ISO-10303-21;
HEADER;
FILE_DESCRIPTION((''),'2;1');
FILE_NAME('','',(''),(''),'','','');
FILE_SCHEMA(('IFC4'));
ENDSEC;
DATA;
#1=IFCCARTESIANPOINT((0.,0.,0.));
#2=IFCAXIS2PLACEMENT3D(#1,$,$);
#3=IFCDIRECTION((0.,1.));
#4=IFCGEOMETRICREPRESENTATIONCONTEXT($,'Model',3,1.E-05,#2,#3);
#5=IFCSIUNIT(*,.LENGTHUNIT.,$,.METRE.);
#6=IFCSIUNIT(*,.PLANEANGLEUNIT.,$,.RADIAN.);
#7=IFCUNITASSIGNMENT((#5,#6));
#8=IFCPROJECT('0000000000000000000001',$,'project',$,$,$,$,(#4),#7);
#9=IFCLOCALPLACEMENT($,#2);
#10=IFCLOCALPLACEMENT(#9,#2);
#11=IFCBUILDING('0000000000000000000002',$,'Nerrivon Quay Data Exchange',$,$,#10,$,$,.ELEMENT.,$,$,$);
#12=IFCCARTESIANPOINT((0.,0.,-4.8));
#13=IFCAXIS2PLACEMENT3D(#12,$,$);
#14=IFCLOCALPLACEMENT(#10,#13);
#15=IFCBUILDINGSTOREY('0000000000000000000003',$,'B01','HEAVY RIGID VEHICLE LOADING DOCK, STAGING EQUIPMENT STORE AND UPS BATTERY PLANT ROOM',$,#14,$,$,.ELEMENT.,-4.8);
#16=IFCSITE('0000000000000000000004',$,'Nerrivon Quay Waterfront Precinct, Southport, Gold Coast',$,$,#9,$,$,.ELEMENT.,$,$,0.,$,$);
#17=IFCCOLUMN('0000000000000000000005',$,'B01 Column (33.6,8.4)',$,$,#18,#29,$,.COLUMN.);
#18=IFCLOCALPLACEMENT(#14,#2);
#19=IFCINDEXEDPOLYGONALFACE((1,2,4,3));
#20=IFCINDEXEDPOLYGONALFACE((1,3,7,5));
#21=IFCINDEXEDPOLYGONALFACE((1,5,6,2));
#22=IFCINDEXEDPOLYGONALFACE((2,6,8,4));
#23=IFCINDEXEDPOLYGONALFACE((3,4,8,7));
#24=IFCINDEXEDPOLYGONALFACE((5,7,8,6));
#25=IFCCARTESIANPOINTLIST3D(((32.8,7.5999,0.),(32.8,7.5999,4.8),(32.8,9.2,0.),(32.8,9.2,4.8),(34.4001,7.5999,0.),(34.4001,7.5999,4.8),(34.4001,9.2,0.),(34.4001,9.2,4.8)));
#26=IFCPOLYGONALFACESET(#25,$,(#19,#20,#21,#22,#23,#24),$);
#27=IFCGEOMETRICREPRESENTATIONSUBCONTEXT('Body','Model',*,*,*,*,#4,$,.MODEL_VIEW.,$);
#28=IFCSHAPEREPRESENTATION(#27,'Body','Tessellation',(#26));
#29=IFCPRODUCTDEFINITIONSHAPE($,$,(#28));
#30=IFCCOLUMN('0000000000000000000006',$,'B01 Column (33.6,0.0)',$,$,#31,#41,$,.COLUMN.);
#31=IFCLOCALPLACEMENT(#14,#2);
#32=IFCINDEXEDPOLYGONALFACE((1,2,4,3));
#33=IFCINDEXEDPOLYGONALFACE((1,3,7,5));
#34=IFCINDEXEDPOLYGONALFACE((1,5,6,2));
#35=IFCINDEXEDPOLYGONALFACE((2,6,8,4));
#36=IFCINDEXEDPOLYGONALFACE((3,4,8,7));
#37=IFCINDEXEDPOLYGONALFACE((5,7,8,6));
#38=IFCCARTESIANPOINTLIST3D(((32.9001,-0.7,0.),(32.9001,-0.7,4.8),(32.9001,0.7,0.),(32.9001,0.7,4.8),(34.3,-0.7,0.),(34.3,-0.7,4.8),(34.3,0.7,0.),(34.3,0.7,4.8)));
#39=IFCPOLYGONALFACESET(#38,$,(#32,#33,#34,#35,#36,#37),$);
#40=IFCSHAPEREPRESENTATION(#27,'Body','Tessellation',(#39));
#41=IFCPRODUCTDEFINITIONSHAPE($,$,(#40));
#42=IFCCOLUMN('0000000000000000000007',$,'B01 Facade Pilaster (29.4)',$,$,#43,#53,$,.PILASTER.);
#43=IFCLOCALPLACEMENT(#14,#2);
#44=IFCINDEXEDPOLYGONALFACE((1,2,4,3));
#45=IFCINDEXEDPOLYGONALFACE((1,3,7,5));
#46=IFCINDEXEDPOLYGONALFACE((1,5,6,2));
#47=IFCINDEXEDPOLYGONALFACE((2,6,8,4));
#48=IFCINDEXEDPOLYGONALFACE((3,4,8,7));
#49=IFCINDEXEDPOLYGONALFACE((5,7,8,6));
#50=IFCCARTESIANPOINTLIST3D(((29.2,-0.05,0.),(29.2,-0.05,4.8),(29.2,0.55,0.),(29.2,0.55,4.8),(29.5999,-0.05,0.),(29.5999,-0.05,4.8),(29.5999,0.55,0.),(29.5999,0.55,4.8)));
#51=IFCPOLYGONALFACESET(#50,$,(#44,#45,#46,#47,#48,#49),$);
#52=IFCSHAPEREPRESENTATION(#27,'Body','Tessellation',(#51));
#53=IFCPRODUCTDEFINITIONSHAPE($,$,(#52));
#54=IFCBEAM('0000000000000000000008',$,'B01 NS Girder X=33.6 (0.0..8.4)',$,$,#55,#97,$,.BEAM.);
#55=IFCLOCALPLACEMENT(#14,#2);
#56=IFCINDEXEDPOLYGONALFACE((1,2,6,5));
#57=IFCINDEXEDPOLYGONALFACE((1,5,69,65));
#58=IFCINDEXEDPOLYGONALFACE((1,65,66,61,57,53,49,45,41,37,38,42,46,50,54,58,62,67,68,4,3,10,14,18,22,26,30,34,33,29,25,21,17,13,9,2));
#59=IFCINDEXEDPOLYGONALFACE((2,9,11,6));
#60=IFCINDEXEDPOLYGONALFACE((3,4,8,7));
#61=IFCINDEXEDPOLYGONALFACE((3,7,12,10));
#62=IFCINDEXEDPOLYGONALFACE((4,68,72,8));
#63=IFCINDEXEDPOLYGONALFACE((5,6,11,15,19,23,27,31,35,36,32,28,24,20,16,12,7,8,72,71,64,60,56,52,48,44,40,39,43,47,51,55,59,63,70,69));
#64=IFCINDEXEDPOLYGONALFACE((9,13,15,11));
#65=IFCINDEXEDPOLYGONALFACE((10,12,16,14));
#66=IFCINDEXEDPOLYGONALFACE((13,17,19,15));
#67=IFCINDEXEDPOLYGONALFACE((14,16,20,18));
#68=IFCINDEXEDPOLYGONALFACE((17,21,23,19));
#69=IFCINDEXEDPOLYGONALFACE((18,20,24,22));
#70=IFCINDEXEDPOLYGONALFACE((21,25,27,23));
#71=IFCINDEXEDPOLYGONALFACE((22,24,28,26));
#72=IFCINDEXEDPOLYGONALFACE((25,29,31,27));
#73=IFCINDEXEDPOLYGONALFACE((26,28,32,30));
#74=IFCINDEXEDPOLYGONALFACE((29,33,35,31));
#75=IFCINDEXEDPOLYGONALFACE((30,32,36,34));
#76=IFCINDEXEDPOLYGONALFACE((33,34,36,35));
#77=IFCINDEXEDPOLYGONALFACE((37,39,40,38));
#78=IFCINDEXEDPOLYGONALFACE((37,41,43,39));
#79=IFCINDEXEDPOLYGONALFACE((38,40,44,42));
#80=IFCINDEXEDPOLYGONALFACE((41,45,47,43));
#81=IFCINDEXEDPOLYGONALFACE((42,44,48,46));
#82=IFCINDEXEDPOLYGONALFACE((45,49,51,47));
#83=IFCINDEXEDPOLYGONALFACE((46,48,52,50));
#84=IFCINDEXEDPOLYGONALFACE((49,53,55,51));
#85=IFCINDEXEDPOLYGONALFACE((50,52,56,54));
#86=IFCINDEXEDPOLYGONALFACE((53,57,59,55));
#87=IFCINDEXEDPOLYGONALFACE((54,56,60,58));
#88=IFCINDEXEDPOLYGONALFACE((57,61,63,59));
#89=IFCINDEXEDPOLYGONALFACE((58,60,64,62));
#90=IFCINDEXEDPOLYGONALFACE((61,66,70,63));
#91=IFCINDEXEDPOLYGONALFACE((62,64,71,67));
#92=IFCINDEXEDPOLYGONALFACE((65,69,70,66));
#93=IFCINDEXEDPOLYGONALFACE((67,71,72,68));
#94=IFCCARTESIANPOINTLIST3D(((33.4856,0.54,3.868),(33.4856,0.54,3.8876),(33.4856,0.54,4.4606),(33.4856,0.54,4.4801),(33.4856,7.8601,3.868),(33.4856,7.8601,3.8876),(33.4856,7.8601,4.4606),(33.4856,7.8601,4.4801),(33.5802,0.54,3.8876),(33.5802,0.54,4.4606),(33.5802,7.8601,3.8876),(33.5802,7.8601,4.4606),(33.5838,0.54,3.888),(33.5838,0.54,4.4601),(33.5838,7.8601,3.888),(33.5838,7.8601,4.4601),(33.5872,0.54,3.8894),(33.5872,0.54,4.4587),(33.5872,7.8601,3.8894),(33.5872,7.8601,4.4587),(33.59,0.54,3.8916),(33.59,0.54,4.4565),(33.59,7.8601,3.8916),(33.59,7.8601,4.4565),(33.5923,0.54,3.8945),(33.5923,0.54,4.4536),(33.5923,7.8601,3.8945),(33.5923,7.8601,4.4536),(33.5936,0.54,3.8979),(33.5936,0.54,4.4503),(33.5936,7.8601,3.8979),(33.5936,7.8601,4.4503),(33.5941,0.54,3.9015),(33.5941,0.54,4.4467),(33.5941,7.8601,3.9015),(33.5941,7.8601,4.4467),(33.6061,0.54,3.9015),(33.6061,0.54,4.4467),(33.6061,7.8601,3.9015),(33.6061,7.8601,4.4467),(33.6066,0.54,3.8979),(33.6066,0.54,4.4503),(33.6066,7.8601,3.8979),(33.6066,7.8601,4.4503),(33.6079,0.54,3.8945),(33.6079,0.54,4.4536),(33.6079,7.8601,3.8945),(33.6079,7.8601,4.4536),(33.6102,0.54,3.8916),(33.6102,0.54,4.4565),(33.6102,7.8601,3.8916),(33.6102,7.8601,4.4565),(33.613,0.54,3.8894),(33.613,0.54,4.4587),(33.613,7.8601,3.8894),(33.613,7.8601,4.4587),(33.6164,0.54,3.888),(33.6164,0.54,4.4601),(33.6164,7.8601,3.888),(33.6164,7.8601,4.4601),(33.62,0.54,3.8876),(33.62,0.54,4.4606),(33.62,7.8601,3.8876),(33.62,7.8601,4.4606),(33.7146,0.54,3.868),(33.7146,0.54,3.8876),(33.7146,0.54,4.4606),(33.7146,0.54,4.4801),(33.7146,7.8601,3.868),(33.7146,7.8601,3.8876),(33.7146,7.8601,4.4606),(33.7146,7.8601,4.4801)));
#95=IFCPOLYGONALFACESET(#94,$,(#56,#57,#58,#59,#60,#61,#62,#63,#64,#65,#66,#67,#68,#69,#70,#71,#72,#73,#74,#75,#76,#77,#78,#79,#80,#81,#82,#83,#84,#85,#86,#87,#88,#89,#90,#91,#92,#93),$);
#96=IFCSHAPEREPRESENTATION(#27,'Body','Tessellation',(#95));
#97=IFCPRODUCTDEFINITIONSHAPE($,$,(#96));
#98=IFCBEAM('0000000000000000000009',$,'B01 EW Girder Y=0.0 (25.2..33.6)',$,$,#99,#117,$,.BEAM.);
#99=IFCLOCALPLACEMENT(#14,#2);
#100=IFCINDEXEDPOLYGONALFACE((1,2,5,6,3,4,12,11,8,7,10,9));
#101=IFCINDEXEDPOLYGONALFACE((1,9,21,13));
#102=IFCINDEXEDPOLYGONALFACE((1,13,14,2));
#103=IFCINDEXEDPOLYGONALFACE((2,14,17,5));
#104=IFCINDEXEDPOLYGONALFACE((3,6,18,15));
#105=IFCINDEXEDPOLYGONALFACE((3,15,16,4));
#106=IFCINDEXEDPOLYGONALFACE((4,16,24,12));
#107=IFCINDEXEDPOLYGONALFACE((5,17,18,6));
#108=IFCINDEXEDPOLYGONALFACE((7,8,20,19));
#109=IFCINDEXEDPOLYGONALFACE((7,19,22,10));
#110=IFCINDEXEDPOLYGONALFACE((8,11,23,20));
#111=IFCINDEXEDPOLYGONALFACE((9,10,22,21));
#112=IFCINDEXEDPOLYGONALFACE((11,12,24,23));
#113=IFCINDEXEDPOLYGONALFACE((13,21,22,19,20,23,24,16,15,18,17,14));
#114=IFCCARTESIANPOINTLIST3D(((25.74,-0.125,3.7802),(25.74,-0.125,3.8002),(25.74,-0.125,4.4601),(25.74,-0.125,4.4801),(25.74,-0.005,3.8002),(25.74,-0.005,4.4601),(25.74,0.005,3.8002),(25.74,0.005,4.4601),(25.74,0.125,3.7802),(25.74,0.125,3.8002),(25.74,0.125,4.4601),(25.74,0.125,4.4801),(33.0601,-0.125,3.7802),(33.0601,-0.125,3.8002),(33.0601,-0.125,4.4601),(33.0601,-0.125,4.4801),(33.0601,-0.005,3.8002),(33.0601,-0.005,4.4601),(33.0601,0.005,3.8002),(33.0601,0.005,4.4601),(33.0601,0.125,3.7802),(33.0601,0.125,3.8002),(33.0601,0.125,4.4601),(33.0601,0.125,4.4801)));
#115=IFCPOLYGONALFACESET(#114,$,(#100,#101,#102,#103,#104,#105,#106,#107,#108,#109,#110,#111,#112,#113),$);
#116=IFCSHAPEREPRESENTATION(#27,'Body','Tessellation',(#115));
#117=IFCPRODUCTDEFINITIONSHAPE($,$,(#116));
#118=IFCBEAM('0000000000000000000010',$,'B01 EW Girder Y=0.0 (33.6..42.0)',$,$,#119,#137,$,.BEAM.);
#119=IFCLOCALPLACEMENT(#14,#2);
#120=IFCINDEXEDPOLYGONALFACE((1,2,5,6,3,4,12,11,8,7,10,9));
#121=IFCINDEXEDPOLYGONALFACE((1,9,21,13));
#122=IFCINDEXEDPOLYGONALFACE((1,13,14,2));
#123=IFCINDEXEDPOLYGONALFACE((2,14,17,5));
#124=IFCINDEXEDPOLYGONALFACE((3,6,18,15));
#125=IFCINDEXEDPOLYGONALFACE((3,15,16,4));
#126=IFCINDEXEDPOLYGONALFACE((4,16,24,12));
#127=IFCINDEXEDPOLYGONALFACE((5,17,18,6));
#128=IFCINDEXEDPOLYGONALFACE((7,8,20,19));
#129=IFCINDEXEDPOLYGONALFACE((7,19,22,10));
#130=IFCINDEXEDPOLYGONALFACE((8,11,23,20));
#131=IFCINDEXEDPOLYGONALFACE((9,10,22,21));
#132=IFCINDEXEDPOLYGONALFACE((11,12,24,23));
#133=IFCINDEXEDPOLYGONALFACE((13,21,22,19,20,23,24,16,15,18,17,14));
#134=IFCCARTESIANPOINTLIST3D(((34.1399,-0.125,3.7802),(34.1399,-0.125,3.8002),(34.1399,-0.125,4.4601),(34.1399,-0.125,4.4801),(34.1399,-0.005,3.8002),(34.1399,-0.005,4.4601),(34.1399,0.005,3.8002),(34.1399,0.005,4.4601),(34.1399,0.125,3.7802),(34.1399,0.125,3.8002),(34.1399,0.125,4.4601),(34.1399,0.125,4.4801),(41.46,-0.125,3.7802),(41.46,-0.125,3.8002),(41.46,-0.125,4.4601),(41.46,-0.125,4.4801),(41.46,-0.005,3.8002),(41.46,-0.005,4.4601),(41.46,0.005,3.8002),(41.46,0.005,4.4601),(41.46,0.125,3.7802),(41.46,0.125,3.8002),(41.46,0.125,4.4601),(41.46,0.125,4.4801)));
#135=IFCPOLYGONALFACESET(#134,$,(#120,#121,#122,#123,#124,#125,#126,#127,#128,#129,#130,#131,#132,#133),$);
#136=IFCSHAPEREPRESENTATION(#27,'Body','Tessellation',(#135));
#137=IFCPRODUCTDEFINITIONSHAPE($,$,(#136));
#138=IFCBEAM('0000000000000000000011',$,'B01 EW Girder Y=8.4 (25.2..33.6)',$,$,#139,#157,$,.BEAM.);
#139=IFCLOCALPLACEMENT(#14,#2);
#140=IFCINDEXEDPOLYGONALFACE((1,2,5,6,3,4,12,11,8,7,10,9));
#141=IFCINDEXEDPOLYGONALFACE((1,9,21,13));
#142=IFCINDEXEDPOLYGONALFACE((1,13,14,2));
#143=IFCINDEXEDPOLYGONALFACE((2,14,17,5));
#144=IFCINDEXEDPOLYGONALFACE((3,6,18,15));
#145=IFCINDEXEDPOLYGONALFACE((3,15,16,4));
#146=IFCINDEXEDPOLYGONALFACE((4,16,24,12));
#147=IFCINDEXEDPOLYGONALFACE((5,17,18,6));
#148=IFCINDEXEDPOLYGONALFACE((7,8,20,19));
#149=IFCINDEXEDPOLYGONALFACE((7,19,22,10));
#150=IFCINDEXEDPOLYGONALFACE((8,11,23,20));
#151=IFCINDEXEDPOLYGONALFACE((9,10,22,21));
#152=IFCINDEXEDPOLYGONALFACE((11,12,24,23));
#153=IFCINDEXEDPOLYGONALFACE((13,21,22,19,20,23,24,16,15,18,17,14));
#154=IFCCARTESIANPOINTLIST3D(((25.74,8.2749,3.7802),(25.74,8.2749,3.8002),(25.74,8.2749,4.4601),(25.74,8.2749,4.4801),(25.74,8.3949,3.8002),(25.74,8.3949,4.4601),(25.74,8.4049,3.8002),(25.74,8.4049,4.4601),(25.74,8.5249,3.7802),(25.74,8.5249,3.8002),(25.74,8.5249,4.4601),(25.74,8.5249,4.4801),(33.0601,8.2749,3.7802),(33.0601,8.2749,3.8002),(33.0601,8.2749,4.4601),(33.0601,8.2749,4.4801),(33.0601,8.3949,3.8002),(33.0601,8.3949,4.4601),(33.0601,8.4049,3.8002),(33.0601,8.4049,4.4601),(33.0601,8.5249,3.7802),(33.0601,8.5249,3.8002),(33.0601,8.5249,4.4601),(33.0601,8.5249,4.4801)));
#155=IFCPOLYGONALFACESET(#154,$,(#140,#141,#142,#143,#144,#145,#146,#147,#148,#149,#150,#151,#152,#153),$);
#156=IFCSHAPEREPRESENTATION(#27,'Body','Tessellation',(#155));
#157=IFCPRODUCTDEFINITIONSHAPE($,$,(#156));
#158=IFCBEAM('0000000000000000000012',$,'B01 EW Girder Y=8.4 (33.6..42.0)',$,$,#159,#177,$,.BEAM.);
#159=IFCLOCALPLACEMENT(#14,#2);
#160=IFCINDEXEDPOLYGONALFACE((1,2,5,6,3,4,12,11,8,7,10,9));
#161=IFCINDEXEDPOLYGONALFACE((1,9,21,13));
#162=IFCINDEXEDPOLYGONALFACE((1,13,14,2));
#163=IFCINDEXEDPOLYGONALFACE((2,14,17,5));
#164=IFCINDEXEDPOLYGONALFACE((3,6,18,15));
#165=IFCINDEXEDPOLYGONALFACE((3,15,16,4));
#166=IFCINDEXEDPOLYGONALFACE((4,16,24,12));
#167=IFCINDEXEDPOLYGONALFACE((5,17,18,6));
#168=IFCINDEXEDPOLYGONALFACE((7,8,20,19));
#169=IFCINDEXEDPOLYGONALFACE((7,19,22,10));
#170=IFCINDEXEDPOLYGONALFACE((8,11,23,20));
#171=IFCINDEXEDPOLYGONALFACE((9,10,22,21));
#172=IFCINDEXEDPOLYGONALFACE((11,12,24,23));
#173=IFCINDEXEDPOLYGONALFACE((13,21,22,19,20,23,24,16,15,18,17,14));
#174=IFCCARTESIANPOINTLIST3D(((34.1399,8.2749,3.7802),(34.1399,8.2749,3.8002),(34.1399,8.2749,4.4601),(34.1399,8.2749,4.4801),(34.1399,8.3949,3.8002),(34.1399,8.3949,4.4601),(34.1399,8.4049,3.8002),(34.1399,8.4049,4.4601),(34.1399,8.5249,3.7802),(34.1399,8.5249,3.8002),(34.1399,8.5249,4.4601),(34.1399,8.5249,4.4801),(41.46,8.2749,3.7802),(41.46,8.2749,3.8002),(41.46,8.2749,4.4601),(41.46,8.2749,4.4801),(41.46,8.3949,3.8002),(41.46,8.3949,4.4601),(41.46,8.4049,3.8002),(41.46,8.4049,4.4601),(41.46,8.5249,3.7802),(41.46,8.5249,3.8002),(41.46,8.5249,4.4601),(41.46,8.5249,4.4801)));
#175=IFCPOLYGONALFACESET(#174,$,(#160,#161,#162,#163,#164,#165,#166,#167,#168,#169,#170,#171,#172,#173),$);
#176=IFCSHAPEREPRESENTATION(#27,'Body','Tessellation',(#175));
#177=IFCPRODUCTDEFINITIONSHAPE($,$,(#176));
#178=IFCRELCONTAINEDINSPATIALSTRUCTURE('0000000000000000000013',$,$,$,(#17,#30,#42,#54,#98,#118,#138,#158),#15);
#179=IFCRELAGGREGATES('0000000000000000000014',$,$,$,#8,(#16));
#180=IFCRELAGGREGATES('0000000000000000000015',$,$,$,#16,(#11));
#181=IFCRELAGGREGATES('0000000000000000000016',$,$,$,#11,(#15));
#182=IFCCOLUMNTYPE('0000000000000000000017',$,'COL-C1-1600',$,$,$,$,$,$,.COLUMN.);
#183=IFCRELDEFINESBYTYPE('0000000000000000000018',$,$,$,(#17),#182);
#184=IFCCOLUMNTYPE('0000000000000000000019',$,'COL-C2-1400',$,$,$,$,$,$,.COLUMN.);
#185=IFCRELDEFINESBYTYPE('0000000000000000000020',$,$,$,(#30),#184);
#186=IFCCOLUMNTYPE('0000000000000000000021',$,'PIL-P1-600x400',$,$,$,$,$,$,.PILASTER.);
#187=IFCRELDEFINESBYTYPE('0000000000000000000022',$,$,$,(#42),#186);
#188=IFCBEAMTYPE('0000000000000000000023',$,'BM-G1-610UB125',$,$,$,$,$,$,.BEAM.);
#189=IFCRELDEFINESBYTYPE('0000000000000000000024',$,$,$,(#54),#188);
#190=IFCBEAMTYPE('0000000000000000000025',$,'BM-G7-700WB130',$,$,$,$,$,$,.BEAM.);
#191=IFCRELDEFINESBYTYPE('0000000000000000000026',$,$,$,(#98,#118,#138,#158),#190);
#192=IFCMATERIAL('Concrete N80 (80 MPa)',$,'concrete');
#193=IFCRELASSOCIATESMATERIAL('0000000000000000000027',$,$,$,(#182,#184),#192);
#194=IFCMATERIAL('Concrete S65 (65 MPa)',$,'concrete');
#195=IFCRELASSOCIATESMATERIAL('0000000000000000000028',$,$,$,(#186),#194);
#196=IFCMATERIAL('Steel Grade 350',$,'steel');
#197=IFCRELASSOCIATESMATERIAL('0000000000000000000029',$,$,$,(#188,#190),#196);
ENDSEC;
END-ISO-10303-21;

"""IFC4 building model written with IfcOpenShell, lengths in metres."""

from ifc_helpers import new_model, si_unit, direction, frame, origin, origin_2d, place, context, subcontext, project, spatial, rectangle, i_section, extrude, material, material_profile, profile_set, type_object, element, save


model = new_model("IFC4")

# Units and contexts
model_context = context("Model", 3, precision=1e-05, world=origin(), true_north=direction((0.0, 1.0)))
body_context = subcontext(model_context, "Body", "Model", "MODEL_VIEW")
ifc_project = project(units=[si_unit("LENGTHUNIT", "METRE"), si_unit("PLANEANGLEUNIT", "RADIAN")], contexts=[model_context])

# Site, building, storey
site_placement = place(None, origin())
site = spatial("IfcSite", under=ifc_project, at=site_placement, Name="Nerrivon Quay Waterfront Precinct, Southport, Gold Coast", CompositionType="ELEMENT", RefElevation=0.0)
building_placement = place(site_placement, origin())
building = spatial("IfcBuilding", under=site, at=building_placement, Name="Nerrivon Quay Data Exchange", CompositionType="ELEMENT")
storey_placement = place(building_placement, frame((0.0, 0.0, -4.8)))
storey = spatial("IfcBuildingStorey", under=building, at=storey_placement, Name="B01", Description="HEAVY RIGID VEHICLE LOADING DOCK, STAGING EQUIPMENT STORE AND UPS BATTERY PLANT ROOM", CompositionType="ELEMENT", Elevation=-4.8)

# Columns
ifc_material_1 = material(Name="Concrete N80 (80 MPa)", Category="concrete")
ifc_material_profile_1 = material_profile(ifc_material_1, rectangle(XDim=1.6001, YDim=1.6001, at=origin_2d()), Name="RC-COL-1600x1600")
ifc_profile_set_1 = profile_set([ifc_material_profile_1], Name="Concrete N80 (80 MPa)")
column_type_1 = type_object("IfcColumnType", Name="COL-C1-1600", PredefinedType="COLUMN", material=ifc_profile_set_1)
column_1_placement = place(storey_placement, frame((33.6001, 8.3999, 0.0), z_axis=(0.0, 0.0, 1.0), x_axis=(1.0, 0.0, 0.0)))
element("IfcColumn", 1, at=column_1_placement, inside=storey, type_object=column_type_1, Name="B01 Column (33.6,8.4)", PredefinedType="COLUMN", context=body_context, shape_type="SweptSolid", body=[
    extrude(rectangle(XDim=1.6001, YDim=1.6001, at=origin_2d()), origin(), (0.0, 0.0, 1.0), 4.8),
])
ifc_material_profile_2 = material_profile(ifc_material_1, rectangle(XDim=1.3999, YDim=1.3999, at=origin_2d()), Name="RC-COL-1400x1400")
ifc_profile_set_2 = profile_set([ifc_material_profile_2], Name="Concrete N80 (80 MPa)")
column_type_2 = type_object("IfcColumnType", Name="COL-C2-1400", PredefinedType="COLUMN", material=ifc_profile_set_2)
column_2_placement = place(storey_placement, frame((33.6001, 0.0, 0.0), z_axis=(0.0, 0.0, 1.0), x_axis=(1.0, 0.0, 0.0)))
element("IfcColumn", 2, at=column_2_placement, inside=storey, type_object=column_type_2, Name="B01 Column (33.6,0.0)", PredefinedType="COLUMN", context=body_context, shape_type="SweptSolid", body=[
    extrude(rectangle(XDim=1.3999, YDim=1.3999, at=origin_2d()), origin(), (0.0, 0.0, 1.0), 4.8),
])
ifc_material_2 = material(Name="Concrete S65 (65 MPa)", Category="concrete")
ifc_material_profile_3 = material_profile(ifc_material_2, rectangle(XDim=0.3999, YDim=0.6001, at=origin_2d()), Name="RC-PIL-600x400")
ifc_profile_set_3 = profile_set([ifc_material_profile_3], Name="Concrete S65 (65 MPa)")
column_type_3 = type_object("IfcColumnType", Name="PIL-P1-600x400", PredefinedType="PILASTER", material=ifc_profile_set_3)
column_3_placement = place(storey_placement, frame((29.3999, 0.25, 0.0), z_axis=(0.0, 0.0, 1.0), x_axis=(1.0, 0.0, 0.0)))
element("IfcColumn", 3, at=column_3_placement, inside=storey, type_object=column_type_3, Name="B01 Facade Pilaster (29.4)", PredefinedType="PILASTER", context=body_context, shape_type="SweptSolid", body=[
    extrude(rectangle(XDim=0.3999, YDim=0.6001, at=origin_2d()), origin(), (0.0, 0.0, 1.0), 4.8),
])

# Beams
ifc_material_3 = material(Name="Steel Grade 350", Category="steel")
ifc_material_profile_4 = material_profile(ifc_material_3, i_section(OverallWidth=0.229, OverallDepth=0.6121, WebThickness=0.012, FlangeThickness=0.0195, FilletRadius=0.0139, at=origin_2d()), Name="610UB125")
ifc_profile_set_4 = profile_set([ifc_material_profile_4], Name="Steel Grade 350")
beam_type_1 = type_object("IfcBeamType", Name="BM-G1-610UB125", PredefinedType="BEAM", material=ifc_profile_set_4)
beam_1_placement = place(storey_placement, frame((33.6001, 0.54, 4.1741), z_axis=(0.0, 1.0, 0.0), x_axis=(-1.0, 0.0, 0.0)))
element("IfcBeam", 4, at=beam_1_placement, inside=storey, type_object=beam_type_1, Name="B01 NS Girder X=33.6 (0.0..8.4)", PredefinedType="BEAM", context=body_context, shape_type="SweptSolid", body=[
    extrude(i_section(OverallWidth=0.229, OverallDepth=0.6121, WebThickness=0.012, FlangeThickness=0.0195, FilletRadius=0.0139, at=origin_2d()), origin(), (0.0, 0.0, 1.0), 7.3201),
])
ifc_material_profile_5 = material_profile(ifc_material_3, i_section(OverallWidth=0.25, OverallDepth=0.7, WebThickness=0.01, FlangeThickness=0.02, at=origin_2d()), Name="700WB130")
ifc_profile_set_5 = profile_set([ifc_material_profile_5], Name="Steel Grade 350")
beam_type_2 = type_object("IfcBeamType", Name="BM-G7-700WB130", PredefinedType="BEAM", material=ifc_profile_set_5)
for number, where, z_axis, x_axis, name in (
    (5, (25.74, 0.0, 4.1301), (1.0, 0.0, 0.0), (0.0, 1.0, 0.0), "B01 EW Girder Y=0.0 (25.2..33.6)"),
    (6, (34.1399, 0.0, 4.1301), (1.0, 0.0, 0.0), (0.0, 1.0, 0.0), "B01 EW Girder Y=0.0 (33.6..42.0)"),
    (7, (25.74, 8.3999, 4.1301), (1.0, 0.0, 0.0), (0.0, 1.0, 0.0), "B01 EW Girder Y=8.4 (25.2..33.6)"),
    (8, (34.1399, 8.3999, 4.1301), (1.0, 0.0, 0.0), (0.0, 1.0, 0.0), "B01 EW Girder Y=8.4 (33.6..42.0)"),
):
    element("IfcBeam", number, at=place(storey_placement, frame(where, z_axis=z_axis, x_axis=x_axis)), inside=storey, type_object=beam_type_2, Name=name, PredefinedType="BEAM", context=body_context, shape_type="SweptSolid", body=[
        extrude(i_section(OverallWidth=0.25, OverallDepth=0.7, WebThickness=0.01, FlangeThickness=0.02, at=origin_2d()), origin(), (0.0, 0.0, 1.0), 7.3201),
    ])

save(model, "model.ifc")
